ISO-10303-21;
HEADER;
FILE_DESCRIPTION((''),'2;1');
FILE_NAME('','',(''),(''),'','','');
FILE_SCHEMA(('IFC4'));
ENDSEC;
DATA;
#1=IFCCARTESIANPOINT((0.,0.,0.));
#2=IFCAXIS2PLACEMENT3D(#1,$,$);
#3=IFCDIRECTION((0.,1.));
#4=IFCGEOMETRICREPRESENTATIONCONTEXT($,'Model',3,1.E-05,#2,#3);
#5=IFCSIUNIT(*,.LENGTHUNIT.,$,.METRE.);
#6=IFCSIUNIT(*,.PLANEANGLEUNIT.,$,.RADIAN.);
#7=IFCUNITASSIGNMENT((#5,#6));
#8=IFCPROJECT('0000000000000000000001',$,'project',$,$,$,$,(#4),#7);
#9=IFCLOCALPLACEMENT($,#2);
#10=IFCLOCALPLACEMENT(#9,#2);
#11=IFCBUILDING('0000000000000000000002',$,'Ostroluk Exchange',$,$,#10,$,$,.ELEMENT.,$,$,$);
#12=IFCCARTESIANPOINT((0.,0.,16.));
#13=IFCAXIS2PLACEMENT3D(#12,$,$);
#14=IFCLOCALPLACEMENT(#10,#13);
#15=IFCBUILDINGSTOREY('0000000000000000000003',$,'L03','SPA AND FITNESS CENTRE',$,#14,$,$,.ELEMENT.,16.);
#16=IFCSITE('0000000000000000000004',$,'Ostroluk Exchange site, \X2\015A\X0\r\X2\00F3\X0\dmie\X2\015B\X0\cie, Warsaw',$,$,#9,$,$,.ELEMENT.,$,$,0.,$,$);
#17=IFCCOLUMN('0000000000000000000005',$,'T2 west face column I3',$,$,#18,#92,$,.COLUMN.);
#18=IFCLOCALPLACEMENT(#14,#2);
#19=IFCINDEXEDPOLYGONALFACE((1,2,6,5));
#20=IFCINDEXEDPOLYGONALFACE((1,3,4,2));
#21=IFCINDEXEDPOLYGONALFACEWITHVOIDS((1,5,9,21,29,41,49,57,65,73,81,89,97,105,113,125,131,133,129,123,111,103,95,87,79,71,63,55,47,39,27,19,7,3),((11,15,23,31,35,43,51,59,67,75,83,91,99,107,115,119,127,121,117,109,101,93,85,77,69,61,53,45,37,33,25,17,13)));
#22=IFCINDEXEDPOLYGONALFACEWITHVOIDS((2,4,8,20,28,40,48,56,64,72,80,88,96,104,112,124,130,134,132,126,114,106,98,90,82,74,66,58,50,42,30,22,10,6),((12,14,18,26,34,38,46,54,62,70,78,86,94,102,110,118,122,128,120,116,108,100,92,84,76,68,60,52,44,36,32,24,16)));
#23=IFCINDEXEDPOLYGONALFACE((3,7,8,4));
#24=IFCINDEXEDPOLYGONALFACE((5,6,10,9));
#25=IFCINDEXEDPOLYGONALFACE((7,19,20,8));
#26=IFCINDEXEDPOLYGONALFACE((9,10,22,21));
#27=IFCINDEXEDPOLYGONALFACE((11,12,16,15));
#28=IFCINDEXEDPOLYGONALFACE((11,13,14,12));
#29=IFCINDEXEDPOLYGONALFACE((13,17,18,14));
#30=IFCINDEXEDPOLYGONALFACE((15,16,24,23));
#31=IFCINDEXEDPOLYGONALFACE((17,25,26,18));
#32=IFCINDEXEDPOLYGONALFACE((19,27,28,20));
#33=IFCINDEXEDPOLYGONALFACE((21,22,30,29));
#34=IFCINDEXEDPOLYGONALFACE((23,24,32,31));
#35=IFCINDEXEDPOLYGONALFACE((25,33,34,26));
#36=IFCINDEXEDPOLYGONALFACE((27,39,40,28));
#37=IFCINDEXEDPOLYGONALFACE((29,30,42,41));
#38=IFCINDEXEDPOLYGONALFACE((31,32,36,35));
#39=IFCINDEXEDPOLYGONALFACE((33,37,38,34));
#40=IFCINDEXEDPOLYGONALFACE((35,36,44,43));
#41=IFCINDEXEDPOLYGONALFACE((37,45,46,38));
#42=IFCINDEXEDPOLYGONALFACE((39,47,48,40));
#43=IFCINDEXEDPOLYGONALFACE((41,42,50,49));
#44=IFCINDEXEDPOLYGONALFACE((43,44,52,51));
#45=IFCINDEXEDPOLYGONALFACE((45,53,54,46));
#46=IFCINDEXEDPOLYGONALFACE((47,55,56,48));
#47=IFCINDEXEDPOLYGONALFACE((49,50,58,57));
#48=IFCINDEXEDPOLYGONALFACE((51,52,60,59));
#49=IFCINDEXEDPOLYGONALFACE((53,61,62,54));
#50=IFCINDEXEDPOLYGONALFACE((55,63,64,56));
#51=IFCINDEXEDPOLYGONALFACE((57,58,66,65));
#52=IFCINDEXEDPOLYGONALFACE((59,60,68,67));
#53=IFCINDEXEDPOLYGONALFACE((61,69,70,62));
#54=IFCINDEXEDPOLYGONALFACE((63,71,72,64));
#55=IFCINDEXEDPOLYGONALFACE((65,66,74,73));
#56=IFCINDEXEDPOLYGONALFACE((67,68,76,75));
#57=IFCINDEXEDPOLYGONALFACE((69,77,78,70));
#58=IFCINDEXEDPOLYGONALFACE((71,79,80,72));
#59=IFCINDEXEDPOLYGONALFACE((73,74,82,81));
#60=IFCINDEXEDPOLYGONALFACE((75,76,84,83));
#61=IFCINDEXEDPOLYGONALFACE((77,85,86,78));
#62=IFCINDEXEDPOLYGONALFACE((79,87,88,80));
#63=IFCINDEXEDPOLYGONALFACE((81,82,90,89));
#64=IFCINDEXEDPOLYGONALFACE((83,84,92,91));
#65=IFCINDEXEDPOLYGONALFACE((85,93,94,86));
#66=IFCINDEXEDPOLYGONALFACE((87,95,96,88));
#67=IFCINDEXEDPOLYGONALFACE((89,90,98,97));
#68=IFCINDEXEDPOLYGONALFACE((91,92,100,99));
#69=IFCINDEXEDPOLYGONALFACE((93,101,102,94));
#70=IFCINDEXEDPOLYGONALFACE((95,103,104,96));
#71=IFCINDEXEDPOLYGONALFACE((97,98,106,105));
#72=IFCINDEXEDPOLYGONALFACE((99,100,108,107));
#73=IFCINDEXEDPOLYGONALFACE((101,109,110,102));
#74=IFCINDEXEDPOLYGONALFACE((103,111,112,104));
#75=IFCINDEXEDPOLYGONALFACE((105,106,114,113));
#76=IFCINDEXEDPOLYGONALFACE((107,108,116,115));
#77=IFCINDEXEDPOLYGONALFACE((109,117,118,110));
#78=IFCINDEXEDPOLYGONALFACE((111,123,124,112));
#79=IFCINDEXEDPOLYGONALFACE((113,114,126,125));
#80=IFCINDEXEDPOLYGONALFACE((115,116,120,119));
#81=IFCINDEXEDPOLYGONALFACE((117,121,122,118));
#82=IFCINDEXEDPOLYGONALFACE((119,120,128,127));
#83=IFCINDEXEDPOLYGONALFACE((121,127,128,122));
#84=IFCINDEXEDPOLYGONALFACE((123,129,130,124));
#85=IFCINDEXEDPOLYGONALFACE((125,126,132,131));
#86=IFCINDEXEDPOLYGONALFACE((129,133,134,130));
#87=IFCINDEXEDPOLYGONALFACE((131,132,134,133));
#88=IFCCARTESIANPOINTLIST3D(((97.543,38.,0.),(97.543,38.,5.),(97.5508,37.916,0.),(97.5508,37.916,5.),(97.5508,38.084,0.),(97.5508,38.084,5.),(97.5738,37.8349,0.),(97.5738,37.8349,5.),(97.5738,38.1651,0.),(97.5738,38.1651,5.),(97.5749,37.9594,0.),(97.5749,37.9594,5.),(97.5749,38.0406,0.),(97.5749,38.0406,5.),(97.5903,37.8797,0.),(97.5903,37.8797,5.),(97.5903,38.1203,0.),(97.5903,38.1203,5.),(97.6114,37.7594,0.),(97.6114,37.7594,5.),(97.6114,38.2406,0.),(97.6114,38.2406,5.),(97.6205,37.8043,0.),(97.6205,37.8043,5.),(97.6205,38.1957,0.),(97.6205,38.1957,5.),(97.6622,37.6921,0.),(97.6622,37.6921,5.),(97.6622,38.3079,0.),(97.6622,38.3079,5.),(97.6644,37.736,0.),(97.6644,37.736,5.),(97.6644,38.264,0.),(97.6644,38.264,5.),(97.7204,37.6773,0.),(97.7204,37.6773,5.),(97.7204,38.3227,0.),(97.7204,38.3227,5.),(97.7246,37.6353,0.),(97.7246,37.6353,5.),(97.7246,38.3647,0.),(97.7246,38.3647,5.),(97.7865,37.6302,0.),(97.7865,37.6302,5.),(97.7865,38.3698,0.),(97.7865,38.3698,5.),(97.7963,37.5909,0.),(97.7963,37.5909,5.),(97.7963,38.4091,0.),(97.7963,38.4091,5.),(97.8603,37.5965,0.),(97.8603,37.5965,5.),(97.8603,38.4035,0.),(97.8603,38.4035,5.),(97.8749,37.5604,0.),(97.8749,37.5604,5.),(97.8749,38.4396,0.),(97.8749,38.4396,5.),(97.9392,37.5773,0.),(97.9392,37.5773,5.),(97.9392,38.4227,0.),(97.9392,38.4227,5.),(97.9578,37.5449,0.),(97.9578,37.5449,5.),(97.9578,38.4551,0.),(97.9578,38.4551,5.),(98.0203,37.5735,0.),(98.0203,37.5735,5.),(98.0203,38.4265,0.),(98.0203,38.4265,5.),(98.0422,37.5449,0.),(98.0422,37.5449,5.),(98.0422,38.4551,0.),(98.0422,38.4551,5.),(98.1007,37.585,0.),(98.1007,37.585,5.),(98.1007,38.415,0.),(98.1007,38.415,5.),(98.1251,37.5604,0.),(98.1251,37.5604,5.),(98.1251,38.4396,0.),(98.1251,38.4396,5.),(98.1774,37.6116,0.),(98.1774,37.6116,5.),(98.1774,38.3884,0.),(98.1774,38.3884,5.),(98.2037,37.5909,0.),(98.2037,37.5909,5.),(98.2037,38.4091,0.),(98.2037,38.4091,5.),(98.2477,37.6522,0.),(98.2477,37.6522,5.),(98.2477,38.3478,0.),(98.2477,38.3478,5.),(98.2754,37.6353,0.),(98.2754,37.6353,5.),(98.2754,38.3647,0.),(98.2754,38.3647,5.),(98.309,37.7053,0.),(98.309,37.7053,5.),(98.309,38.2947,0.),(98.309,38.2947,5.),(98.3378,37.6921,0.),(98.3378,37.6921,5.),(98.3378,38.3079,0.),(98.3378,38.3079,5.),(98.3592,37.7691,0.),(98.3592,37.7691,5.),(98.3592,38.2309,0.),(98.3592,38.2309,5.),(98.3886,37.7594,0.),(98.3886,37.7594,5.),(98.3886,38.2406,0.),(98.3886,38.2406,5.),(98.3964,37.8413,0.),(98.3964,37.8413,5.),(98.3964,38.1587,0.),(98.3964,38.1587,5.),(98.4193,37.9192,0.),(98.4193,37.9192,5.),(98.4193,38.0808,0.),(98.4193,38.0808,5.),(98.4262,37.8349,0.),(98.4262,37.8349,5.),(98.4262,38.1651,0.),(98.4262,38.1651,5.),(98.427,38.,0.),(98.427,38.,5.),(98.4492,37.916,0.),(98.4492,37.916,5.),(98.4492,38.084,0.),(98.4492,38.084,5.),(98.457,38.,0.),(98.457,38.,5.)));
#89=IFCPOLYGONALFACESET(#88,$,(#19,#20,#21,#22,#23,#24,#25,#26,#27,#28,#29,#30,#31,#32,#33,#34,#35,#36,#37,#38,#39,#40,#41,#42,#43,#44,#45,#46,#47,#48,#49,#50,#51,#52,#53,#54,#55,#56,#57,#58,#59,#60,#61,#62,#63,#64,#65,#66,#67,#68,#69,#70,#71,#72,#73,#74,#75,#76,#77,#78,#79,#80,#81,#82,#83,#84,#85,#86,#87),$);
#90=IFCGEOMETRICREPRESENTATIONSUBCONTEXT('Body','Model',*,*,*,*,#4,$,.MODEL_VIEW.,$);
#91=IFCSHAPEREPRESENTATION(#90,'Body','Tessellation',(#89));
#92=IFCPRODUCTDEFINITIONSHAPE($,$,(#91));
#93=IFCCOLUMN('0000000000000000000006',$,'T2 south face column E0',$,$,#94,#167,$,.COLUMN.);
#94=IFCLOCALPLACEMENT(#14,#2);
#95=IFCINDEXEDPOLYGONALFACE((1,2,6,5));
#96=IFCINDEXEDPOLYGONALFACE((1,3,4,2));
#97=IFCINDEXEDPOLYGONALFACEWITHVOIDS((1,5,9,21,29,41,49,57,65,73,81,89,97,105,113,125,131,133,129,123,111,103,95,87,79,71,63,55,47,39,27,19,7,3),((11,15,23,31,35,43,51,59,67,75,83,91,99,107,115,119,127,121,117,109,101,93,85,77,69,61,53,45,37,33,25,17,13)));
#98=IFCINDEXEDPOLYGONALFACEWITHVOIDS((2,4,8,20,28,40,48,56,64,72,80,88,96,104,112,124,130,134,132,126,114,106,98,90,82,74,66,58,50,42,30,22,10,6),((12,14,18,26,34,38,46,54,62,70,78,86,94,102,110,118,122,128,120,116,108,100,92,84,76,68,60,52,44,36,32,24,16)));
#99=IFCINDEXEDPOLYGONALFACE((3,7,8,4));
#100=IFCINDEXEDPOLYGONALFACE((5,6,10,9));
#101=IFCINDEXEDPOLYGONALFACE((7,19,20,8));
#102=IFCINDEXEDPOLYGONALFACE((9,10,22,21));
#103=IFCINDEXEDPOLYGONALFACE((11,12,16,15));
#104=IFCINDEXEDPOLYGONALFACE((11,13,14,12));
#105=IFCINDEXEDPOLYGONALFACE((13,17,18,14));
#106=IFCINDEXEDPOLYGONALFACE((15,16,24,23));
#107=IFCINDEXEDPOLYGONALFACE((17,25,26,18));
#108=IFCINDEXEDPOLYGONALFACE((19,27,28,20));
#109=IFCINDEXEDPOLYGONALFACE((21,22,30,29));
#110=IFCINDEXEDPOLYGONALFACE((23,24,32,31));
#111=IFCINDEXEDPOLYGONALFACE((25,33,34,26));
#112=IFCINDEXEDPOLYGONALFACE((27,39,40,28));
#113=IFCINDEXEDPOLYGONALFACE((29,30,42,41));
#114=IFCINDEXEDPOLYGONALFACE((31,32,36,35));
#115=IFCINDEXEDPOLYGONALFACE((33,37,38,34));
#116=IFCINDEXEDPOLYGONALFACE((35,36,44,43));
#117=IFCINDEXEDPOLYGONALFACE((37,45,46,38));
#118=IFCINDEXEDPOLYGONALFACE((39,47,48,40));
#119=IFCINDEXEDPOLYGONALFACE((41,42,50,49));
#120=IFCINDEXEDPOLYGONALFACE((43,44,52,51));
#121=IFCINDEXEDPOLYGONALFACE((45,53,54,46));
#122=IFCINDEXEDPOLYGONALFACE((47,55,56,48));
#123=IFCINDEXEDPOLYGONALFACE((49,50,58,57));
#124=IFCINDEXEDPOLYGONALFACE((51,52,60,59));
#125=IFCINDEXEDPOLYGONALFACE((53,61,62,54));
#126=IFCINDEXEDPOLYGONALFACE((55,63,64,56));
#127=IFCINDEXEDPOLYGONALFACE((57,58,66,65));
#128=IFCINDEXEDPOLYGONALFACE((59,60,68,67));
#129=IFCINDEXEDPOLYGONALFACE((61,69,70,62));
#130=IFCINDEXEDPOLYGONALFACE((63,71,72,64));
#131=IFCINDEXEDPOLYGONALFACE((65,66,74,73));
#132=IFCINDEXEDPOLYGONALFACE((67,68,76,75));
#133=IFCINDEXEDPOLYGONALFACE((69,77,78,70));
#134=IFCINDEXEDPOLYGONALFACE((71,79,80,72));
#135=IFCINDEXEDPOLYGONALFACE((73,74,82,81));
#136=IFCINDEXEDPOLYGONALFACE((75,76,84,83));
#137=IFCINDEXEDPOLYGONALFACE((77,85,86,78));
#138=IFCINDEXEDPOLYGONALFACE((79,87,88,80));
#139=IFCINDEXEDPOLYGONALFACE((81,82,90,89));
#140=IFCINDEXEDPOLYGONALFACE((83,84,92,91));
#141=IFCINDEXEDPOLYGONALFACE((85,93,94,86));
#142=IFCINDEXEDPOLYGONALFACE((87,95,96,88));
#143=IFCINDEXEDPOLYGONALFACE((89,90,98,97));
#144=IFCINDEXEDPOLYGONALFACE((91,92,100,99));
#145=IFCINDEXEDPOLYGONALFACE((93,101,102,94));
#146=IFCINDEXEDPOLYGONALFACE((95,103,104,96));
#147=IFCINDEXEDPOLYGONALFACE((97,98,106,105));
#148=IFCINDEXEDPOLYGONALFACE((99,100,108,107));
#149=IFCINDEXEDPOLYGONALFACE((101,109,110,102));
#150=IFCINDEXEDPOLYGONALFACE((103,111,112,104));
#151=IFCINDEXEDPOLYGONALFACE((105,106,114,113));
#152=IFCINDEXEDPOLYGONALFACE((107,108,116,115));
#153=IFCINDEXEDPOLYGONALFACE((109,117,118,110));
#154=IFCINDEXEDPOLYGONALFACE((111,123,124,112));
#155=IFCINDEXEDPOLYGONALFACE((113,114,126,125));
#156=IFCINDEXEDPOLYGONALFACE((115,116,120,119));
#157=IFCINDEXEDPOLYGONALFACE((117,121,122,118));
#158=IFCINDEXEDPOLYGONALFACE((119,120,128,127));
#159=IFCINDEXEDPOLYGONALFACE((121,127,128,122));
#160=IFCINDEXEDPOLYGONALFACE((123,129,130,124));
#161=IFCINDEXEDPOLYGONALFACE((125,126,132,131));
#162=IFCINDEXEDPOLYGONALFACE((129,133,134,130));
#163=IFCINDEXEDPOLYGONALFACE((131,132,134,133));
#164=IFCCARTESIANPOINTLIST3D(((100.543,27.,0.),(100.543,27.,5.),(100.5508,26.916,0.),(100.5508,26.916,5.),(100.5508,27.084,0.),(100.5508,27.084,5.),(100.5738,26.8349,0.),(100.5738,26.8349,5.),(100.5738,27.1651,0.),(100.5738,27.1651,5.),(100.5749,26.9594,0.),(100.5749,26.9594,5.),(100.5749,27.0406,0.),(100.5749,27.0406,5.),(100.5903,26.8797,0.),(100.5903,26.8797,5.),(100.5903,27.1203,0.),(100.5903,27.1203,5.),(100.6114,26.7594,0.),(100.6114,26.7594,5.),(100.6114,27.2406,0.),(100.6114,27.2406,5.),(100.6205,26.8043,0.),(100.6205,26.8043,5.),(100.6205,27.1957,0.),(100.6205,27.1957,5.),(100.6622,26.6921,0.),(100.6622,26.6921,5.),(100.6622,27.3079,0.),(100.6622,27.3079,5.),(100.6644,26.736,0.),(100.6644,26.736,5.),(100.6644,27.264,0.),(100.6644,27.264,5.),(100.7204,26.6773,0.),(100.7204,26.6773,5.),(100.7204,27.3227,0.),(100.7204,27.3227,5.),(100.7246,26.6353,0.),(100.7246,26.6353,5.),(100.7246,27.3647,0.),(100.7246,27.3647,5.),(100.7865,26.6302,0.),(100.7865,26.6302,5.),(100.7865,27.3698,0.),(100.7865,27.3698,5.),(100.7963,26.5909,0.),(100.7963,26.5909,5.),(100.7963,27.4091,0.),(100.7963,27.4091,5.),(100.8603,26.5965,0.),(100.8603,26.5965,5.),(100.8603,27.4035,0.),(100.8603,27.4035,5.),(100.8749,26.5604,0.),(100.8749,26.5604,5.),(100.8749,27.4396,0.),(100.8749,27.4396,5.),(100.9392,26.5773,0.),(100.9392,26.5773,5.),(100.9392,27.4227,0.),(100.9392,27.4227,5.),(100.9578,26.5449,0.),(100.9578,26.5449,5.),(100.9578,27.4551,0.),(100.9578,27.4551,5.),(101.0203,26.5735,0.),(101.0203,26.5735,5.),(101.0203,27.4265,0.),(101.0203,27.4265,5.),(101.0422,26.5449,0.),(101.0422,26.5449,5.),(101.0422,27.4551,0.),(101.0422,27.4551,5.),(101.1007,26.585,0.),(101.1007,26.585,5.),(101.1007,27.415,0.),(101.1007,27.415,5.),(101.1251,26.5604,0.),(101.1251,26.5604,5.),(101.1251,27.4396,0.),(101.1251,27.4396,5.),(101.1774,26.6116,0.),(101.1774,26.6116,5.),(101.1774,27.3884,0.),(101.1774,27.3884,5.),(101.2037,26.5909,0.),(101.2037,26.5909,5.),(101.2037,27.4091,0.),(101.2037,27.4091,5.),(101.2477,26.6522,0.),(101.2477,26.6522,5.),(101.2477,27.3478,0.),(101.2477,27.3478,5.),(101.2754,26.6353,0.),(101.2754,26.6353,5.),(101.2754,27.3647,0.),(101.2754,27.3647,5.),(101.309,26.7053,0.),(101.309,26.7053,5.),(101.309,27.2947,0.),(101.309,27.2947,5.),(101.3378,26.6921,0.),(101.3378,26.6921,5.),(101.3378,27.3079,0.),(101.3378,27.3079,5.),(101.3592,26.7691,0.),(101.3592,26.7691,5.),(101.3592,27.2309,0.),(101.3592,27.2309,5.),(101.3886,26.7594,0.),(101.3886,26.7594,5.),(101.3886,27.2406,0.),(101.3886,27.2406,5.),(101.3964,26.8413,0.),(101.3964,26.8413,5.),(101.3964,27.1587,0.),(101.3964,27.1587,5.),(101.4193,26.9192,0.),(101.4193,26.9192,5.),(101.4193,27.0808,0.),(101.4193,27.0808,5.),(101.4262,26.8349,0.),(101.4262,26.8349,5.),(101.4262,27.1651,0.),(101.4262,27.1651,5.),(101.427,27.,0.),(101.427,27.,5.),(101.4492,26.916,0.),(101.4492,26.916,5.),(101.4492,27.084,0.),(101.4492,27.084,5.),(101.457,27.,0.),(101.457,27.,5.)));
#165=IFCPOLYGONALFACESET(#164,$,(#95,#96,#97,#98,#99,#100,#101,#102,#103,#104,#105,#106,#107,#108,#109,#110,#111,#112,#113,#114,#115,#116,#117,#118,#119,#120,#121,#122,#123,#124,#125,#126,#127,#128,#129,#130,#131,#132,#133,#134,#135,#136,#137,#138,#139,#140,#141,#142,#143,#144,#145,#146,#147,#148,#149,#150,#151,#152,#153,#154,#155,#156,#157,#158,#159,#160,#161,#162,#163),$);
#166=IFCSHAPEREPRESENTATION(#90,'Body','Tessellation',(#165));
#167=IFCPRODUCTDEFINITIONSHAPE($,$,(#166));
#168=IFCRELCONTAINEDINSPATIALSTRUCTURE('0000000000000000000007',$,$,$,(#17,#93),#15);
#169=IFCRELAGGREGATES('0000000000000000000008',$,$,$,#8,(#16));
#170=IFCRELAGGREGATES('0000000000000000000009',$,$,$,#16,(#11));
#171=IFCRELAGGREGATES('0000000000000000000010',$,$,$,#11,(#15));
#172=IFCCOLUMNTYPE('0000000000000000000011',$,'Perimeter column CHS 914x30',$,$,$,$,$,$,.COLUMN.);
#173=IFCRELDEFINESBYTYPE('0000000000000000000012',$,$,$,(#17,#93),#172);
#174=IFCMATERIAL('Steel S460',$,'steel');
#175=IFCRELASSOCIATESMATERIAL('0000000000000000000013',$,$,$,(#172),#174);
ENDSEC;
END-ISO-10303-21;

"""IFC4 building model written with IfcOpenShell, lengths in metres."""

from ifc_helpers import new_model, si_unit, direction, frame, origin, origin_2d, place, context, subcontext, project, spatial, hollow_circle, extrude, material, material_profile, profile_set, type_object, element, save


model = new_model("IFC4")

# Units and contexts
model_context = context("Model", 3, precision=1e-05, world=origin(), true_north=direction((0.0, 1.0)))
body_context = subcontext(model_context, "Body", "Model", "MODEL_VIEW")
ifc_project = project(units=[si_unit("LENGTHUNIT", "METRE"), si_unit("PLANEANGLEUNIT", "RADIAN")], contexts=[model_context])

# Site, building, storey
site_placement = place(None, origin())
site = spatial("IfcSite", under=ifc_project, at=site_placement, Name="Ostroluk Exchange site, Śródmieście, Warsaw", CompositionType="ELEMENT", RefElevation=0.0)
building_placement = place(site_placement, origin())
building = spatial("IfcBuilding", under=site, at=building_placement, Name="Ostroluk Exchange", CompositionType="ELEMENT")
storey_placement = place(building_placement, frame((0.0, 0.0, 16.0)))
storey = spatial("IfcBuildingStorey", under=building, at=storey_placement, Name="L03", Description="SPA AND FITNESS CENTRE", CompositionType="ELEMENT", Elevation=16.0)

# Columns
ifc_material_1 = material(Name="Steel S460", Category="steel")
ifc_material_profile_1 = material_profile(ifc_material_1, hollow_circle(Radius=0.457, WallThickness=0.03, at=origin_2d()), Name="CHS 914x30")
ifc_profile_set_1 = profile_set([ifc_material_profile_1], Name="Steel S460")
column_type_1 = type_object("IfcColumnType", Name="Perimeter column CHS 914x30", PredefinedType="COLUMN", material=ifc_profile_set_1)
for number, where, z_axis, x_axis, name in (
    (1, (98.0, 38.0, 0.0), (0.0, 0.0, 1.0), (1.0, 0.0, 0.0), "T2 west face column I3"),
    (2, (101.0, 27.0, 0.0), (0.0, 0.0, 1.0), (1.0, 0.0, 0.0), "T2 south face column E0"),
):
    element("IfcColumn", number, at=place(storey_placement, frame(where, z_axis=z_axis, x_axis=x_axis)), inside=storey, type_object=column_type_1, Name=name, PredefinedType="COLUMN", context=body_context, shape_type="SweptSolid", body=[
        extrude(hollow_circle(Radius=0.457, WallThickness=0.03, at=origin_2d()), origin(), (0.0, 0.0, 1.0), 5.0),
    ])

save(model, "model.ifc")
